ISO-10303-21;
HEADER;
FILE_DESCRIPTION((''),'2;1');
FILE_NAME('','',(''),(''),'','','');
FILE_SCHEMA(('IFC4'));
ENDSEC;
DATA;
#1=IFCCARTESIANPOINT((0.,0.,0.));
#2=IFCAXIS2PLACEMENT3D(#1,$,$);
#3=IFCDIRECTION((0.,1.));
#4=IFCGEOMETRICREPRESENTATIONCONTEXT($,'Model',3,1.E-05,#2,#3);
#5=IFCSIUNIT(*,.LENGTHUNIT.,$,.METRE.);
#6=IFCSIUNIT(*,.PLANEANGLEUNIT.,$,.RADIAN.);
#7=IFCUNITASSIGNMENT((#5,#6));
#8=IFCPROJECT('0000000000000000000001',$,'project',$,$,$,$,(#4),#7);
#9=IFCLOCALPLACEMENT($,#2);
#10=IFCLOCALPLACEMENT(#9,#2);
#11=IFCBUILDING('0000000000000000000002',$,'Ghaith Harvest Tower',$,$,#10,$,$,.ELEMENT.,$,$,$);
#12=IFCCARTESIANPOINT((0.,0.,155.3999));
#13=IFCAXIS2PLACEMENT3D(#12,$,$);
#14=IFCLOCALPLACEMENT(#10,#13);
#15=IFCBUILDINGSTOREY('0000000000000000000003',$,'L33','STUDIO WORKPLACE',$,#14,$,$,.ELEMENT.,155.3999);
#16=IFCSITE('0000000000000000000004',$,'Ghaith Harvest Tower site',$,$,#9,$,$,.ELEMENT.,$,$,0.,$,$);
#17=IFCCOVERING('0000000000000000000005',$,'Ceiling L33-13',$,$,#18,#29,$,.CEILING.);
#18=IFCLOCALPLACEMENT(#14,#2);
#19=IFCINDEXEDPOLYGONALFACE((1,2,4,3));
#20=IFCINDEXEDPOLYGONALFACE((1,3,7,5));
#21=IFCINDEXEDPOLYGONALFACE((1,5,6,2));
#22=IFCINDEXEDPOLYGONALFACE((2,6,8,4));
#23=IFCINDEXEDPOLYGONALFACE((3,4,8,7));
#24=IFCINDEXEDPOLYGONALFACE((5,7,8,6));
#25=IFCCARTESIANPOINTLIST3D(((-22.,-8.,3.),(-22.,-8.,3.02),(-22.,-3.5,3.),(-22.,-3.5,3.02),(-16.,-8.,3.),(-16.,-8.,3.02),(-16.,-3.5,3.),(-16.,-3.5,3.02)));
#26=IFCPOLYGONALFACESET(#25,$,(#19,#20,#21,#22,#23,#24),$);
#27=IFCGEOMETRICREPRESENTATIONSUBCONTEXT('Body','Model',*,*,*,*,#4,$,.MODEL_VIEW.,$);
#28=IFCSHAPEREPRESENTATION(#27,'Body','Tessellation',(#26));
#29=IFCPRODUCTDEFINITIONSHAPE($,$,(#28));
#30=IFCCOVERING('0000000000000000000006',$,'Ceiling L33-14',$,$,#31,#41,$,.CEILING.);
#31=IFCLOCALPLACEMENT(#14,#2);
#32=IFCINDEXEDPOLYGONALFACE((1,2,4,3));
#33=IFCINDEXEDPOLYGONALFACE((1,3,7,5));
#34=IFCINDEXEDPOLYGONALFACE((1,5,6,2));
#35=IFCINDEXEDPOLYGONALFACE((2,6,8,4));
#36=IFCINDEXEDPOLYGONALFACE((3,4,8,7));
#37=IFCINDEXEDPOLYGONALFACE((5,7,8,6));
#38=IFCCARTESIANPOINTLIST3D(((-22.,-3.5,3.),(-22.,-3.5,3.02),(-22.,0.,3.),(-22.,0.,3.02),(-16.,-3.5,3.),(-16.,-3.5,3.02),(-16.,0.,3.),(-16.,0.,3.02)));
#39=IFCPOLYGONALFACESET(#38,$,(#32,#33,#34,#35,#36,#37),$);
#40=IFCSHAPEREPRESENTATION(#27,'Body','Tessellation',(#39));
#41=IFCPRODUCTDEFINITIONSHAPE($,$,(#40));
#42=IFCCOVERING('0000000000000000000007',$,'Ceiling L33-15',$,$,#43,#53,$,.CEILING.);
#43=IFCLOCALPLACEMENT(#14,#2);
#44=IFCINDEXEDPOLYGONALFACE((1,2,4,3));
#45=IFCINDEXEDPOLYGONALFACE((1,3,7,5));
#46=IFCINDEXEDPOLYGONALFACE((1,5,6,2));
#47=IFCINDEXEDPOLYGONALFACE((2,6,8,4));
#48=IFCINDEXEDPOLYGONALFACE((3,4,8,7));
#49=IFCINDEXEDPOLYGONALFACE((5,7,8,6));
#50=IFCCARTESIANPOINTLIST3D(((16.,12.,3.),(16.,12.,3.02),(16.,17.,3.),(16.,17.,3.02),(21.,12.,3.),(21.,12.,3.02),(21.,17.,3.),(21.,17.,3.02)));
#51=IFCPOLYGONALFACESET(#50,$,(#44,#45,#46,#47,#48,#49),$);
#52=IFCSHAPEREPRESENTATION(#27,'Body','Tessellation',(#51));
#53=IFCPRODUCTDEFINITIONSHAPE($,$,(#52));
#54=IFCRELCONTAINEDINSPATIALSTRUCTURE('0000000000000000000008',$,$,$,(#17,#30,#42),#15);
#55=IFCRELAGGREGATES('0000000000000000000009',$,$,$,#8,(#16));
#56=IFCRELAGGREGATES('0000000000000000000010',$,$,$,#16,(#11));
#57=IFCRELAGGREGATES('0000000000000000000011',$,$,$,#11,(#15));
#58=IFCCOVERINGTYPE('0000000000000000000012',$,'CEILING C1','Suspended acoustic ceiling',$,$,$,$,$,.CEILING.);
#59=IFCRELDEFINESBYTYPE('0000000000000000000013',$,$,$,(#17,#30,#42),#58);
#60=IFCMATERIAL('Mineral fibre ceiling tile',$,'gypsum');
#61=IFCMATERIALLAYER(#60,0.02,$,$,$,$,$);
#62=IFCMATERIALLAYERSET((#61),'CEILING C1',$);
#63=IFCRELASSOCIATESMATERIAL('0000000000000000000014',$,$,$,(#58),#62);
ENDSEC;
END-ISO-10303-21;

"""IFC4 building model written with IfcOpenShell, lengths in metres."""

from ifc_helpers import new_model, si_unit, direction, frame, origin, place, context, subcontext, project, spatial, polyline, outline, extrude, material, layer, layer_set, type_object, element, save


model = new_model("IFC4")

# Units and contexts
model_context = context("Model", 3, precision=1e-05, world=origin(), true_north=direction((0.0, 1.0)))
body_context = subcontext(model_context, "Body", "Model", "MODEL_VIEW")
ifc_project = project(units=[si_unit("LENGTHUNIT", "METRE"), si_unit("PLANEANGLEUNIT", "RADIAN")], contexts=[model_context])

# Site, building, storey
site_placement = place(None, origin())
site = spatial("IfcSite", under=ifc_project, at=site_placement, Name="Ghaith Harvest Tower site", CompositionType="ELEMENT", RefElevation=0.0)
building_placement = place(site_placement, origin())
building = spatial("IfcBuilding", under=site, at=building_placement, Name="Ghaith Harvest Tower", CompositionType="ELEMENT")
storey_placement = place(building_placement, frame((0.0, 0.0, 155.3999)))
storey = spatial("IfcBuildingStorey", under=building, at=storey_placement, Name="L33", Description="STUDIO WORKPLACE", CompositionType="ELEMENT", Elevation=155.3999)

# Coverings
ifc_material_1 = material(Name="Mineral fibre ceiling tile", Category="gypsum")
ifc_layer_1 = layer(ifc_material_1, 0.02)
ifc_layer_set_1 = layer_set([ifc_layer_1], Name="CEILING C1")
covering_type = type_object("IfcCoveringType", Name="CEILING C1", Description="Suspended acoustic ceiling", PredefinedType="CEILING", material=ifc_layer_set_1)
covering_1_placement = place(storey_placement, frame((0.0, 0.0, 3.0)))
element("IfcCovering", 1, at=covering_1_placement, inside=storey, type_object=covering_type, Name="Ceiling L33-13", PredefinedType="CEILING", context=body_context, shape_type="SweptSolid", body=[
    extrude(outline(polyline([(-22.0, -8.0), (-16.0, -8.0), (-16.0, -3.5), (-22.0, -3.5), (-22.0, -8.0)])), origin(), (0.0, 0.0, 1.0), 0.02),
])
covering_2_placement = place(storey_placement, frame((0.0, 0.0, 3.0)))
element("IfcCovering", 2, at=covering_2_placement, inside=storey, type_object=covering_type, Name="Ceiling L33-14", PredefinedType="CEILING", context=body_context, shape_type="SweptSolid", body=[
    extrude(outline(polyline([(-22.0, -3.5), (-16.0, -3.5), (-16.0, 0.0), (-22.0, 0.0), (-22.0, -3.5)])), origin(), (0.0, 0.0, 1.0), 0.02),
])
covering_3_placement = place(storey_placement, frame((0.0, 0.0, 3.0)))
element("IfcCovering", 3, at=covering_3_placement, inside=storey, type_object=covering_type, Name="Ceiling L33-15", PredefinedType="CEILING", context=body_context, shape_type="SweptSolid", body=[
    extrude(outline(polyline([(16.0, 12.0), (21.0, 12.0), (21.0, 17.0), (16.0, 17.0), (16.0, 12.0)])), origin(), (0.0, 0.0, 1.0), 0.02),
])

save(model, "model.ifc")
